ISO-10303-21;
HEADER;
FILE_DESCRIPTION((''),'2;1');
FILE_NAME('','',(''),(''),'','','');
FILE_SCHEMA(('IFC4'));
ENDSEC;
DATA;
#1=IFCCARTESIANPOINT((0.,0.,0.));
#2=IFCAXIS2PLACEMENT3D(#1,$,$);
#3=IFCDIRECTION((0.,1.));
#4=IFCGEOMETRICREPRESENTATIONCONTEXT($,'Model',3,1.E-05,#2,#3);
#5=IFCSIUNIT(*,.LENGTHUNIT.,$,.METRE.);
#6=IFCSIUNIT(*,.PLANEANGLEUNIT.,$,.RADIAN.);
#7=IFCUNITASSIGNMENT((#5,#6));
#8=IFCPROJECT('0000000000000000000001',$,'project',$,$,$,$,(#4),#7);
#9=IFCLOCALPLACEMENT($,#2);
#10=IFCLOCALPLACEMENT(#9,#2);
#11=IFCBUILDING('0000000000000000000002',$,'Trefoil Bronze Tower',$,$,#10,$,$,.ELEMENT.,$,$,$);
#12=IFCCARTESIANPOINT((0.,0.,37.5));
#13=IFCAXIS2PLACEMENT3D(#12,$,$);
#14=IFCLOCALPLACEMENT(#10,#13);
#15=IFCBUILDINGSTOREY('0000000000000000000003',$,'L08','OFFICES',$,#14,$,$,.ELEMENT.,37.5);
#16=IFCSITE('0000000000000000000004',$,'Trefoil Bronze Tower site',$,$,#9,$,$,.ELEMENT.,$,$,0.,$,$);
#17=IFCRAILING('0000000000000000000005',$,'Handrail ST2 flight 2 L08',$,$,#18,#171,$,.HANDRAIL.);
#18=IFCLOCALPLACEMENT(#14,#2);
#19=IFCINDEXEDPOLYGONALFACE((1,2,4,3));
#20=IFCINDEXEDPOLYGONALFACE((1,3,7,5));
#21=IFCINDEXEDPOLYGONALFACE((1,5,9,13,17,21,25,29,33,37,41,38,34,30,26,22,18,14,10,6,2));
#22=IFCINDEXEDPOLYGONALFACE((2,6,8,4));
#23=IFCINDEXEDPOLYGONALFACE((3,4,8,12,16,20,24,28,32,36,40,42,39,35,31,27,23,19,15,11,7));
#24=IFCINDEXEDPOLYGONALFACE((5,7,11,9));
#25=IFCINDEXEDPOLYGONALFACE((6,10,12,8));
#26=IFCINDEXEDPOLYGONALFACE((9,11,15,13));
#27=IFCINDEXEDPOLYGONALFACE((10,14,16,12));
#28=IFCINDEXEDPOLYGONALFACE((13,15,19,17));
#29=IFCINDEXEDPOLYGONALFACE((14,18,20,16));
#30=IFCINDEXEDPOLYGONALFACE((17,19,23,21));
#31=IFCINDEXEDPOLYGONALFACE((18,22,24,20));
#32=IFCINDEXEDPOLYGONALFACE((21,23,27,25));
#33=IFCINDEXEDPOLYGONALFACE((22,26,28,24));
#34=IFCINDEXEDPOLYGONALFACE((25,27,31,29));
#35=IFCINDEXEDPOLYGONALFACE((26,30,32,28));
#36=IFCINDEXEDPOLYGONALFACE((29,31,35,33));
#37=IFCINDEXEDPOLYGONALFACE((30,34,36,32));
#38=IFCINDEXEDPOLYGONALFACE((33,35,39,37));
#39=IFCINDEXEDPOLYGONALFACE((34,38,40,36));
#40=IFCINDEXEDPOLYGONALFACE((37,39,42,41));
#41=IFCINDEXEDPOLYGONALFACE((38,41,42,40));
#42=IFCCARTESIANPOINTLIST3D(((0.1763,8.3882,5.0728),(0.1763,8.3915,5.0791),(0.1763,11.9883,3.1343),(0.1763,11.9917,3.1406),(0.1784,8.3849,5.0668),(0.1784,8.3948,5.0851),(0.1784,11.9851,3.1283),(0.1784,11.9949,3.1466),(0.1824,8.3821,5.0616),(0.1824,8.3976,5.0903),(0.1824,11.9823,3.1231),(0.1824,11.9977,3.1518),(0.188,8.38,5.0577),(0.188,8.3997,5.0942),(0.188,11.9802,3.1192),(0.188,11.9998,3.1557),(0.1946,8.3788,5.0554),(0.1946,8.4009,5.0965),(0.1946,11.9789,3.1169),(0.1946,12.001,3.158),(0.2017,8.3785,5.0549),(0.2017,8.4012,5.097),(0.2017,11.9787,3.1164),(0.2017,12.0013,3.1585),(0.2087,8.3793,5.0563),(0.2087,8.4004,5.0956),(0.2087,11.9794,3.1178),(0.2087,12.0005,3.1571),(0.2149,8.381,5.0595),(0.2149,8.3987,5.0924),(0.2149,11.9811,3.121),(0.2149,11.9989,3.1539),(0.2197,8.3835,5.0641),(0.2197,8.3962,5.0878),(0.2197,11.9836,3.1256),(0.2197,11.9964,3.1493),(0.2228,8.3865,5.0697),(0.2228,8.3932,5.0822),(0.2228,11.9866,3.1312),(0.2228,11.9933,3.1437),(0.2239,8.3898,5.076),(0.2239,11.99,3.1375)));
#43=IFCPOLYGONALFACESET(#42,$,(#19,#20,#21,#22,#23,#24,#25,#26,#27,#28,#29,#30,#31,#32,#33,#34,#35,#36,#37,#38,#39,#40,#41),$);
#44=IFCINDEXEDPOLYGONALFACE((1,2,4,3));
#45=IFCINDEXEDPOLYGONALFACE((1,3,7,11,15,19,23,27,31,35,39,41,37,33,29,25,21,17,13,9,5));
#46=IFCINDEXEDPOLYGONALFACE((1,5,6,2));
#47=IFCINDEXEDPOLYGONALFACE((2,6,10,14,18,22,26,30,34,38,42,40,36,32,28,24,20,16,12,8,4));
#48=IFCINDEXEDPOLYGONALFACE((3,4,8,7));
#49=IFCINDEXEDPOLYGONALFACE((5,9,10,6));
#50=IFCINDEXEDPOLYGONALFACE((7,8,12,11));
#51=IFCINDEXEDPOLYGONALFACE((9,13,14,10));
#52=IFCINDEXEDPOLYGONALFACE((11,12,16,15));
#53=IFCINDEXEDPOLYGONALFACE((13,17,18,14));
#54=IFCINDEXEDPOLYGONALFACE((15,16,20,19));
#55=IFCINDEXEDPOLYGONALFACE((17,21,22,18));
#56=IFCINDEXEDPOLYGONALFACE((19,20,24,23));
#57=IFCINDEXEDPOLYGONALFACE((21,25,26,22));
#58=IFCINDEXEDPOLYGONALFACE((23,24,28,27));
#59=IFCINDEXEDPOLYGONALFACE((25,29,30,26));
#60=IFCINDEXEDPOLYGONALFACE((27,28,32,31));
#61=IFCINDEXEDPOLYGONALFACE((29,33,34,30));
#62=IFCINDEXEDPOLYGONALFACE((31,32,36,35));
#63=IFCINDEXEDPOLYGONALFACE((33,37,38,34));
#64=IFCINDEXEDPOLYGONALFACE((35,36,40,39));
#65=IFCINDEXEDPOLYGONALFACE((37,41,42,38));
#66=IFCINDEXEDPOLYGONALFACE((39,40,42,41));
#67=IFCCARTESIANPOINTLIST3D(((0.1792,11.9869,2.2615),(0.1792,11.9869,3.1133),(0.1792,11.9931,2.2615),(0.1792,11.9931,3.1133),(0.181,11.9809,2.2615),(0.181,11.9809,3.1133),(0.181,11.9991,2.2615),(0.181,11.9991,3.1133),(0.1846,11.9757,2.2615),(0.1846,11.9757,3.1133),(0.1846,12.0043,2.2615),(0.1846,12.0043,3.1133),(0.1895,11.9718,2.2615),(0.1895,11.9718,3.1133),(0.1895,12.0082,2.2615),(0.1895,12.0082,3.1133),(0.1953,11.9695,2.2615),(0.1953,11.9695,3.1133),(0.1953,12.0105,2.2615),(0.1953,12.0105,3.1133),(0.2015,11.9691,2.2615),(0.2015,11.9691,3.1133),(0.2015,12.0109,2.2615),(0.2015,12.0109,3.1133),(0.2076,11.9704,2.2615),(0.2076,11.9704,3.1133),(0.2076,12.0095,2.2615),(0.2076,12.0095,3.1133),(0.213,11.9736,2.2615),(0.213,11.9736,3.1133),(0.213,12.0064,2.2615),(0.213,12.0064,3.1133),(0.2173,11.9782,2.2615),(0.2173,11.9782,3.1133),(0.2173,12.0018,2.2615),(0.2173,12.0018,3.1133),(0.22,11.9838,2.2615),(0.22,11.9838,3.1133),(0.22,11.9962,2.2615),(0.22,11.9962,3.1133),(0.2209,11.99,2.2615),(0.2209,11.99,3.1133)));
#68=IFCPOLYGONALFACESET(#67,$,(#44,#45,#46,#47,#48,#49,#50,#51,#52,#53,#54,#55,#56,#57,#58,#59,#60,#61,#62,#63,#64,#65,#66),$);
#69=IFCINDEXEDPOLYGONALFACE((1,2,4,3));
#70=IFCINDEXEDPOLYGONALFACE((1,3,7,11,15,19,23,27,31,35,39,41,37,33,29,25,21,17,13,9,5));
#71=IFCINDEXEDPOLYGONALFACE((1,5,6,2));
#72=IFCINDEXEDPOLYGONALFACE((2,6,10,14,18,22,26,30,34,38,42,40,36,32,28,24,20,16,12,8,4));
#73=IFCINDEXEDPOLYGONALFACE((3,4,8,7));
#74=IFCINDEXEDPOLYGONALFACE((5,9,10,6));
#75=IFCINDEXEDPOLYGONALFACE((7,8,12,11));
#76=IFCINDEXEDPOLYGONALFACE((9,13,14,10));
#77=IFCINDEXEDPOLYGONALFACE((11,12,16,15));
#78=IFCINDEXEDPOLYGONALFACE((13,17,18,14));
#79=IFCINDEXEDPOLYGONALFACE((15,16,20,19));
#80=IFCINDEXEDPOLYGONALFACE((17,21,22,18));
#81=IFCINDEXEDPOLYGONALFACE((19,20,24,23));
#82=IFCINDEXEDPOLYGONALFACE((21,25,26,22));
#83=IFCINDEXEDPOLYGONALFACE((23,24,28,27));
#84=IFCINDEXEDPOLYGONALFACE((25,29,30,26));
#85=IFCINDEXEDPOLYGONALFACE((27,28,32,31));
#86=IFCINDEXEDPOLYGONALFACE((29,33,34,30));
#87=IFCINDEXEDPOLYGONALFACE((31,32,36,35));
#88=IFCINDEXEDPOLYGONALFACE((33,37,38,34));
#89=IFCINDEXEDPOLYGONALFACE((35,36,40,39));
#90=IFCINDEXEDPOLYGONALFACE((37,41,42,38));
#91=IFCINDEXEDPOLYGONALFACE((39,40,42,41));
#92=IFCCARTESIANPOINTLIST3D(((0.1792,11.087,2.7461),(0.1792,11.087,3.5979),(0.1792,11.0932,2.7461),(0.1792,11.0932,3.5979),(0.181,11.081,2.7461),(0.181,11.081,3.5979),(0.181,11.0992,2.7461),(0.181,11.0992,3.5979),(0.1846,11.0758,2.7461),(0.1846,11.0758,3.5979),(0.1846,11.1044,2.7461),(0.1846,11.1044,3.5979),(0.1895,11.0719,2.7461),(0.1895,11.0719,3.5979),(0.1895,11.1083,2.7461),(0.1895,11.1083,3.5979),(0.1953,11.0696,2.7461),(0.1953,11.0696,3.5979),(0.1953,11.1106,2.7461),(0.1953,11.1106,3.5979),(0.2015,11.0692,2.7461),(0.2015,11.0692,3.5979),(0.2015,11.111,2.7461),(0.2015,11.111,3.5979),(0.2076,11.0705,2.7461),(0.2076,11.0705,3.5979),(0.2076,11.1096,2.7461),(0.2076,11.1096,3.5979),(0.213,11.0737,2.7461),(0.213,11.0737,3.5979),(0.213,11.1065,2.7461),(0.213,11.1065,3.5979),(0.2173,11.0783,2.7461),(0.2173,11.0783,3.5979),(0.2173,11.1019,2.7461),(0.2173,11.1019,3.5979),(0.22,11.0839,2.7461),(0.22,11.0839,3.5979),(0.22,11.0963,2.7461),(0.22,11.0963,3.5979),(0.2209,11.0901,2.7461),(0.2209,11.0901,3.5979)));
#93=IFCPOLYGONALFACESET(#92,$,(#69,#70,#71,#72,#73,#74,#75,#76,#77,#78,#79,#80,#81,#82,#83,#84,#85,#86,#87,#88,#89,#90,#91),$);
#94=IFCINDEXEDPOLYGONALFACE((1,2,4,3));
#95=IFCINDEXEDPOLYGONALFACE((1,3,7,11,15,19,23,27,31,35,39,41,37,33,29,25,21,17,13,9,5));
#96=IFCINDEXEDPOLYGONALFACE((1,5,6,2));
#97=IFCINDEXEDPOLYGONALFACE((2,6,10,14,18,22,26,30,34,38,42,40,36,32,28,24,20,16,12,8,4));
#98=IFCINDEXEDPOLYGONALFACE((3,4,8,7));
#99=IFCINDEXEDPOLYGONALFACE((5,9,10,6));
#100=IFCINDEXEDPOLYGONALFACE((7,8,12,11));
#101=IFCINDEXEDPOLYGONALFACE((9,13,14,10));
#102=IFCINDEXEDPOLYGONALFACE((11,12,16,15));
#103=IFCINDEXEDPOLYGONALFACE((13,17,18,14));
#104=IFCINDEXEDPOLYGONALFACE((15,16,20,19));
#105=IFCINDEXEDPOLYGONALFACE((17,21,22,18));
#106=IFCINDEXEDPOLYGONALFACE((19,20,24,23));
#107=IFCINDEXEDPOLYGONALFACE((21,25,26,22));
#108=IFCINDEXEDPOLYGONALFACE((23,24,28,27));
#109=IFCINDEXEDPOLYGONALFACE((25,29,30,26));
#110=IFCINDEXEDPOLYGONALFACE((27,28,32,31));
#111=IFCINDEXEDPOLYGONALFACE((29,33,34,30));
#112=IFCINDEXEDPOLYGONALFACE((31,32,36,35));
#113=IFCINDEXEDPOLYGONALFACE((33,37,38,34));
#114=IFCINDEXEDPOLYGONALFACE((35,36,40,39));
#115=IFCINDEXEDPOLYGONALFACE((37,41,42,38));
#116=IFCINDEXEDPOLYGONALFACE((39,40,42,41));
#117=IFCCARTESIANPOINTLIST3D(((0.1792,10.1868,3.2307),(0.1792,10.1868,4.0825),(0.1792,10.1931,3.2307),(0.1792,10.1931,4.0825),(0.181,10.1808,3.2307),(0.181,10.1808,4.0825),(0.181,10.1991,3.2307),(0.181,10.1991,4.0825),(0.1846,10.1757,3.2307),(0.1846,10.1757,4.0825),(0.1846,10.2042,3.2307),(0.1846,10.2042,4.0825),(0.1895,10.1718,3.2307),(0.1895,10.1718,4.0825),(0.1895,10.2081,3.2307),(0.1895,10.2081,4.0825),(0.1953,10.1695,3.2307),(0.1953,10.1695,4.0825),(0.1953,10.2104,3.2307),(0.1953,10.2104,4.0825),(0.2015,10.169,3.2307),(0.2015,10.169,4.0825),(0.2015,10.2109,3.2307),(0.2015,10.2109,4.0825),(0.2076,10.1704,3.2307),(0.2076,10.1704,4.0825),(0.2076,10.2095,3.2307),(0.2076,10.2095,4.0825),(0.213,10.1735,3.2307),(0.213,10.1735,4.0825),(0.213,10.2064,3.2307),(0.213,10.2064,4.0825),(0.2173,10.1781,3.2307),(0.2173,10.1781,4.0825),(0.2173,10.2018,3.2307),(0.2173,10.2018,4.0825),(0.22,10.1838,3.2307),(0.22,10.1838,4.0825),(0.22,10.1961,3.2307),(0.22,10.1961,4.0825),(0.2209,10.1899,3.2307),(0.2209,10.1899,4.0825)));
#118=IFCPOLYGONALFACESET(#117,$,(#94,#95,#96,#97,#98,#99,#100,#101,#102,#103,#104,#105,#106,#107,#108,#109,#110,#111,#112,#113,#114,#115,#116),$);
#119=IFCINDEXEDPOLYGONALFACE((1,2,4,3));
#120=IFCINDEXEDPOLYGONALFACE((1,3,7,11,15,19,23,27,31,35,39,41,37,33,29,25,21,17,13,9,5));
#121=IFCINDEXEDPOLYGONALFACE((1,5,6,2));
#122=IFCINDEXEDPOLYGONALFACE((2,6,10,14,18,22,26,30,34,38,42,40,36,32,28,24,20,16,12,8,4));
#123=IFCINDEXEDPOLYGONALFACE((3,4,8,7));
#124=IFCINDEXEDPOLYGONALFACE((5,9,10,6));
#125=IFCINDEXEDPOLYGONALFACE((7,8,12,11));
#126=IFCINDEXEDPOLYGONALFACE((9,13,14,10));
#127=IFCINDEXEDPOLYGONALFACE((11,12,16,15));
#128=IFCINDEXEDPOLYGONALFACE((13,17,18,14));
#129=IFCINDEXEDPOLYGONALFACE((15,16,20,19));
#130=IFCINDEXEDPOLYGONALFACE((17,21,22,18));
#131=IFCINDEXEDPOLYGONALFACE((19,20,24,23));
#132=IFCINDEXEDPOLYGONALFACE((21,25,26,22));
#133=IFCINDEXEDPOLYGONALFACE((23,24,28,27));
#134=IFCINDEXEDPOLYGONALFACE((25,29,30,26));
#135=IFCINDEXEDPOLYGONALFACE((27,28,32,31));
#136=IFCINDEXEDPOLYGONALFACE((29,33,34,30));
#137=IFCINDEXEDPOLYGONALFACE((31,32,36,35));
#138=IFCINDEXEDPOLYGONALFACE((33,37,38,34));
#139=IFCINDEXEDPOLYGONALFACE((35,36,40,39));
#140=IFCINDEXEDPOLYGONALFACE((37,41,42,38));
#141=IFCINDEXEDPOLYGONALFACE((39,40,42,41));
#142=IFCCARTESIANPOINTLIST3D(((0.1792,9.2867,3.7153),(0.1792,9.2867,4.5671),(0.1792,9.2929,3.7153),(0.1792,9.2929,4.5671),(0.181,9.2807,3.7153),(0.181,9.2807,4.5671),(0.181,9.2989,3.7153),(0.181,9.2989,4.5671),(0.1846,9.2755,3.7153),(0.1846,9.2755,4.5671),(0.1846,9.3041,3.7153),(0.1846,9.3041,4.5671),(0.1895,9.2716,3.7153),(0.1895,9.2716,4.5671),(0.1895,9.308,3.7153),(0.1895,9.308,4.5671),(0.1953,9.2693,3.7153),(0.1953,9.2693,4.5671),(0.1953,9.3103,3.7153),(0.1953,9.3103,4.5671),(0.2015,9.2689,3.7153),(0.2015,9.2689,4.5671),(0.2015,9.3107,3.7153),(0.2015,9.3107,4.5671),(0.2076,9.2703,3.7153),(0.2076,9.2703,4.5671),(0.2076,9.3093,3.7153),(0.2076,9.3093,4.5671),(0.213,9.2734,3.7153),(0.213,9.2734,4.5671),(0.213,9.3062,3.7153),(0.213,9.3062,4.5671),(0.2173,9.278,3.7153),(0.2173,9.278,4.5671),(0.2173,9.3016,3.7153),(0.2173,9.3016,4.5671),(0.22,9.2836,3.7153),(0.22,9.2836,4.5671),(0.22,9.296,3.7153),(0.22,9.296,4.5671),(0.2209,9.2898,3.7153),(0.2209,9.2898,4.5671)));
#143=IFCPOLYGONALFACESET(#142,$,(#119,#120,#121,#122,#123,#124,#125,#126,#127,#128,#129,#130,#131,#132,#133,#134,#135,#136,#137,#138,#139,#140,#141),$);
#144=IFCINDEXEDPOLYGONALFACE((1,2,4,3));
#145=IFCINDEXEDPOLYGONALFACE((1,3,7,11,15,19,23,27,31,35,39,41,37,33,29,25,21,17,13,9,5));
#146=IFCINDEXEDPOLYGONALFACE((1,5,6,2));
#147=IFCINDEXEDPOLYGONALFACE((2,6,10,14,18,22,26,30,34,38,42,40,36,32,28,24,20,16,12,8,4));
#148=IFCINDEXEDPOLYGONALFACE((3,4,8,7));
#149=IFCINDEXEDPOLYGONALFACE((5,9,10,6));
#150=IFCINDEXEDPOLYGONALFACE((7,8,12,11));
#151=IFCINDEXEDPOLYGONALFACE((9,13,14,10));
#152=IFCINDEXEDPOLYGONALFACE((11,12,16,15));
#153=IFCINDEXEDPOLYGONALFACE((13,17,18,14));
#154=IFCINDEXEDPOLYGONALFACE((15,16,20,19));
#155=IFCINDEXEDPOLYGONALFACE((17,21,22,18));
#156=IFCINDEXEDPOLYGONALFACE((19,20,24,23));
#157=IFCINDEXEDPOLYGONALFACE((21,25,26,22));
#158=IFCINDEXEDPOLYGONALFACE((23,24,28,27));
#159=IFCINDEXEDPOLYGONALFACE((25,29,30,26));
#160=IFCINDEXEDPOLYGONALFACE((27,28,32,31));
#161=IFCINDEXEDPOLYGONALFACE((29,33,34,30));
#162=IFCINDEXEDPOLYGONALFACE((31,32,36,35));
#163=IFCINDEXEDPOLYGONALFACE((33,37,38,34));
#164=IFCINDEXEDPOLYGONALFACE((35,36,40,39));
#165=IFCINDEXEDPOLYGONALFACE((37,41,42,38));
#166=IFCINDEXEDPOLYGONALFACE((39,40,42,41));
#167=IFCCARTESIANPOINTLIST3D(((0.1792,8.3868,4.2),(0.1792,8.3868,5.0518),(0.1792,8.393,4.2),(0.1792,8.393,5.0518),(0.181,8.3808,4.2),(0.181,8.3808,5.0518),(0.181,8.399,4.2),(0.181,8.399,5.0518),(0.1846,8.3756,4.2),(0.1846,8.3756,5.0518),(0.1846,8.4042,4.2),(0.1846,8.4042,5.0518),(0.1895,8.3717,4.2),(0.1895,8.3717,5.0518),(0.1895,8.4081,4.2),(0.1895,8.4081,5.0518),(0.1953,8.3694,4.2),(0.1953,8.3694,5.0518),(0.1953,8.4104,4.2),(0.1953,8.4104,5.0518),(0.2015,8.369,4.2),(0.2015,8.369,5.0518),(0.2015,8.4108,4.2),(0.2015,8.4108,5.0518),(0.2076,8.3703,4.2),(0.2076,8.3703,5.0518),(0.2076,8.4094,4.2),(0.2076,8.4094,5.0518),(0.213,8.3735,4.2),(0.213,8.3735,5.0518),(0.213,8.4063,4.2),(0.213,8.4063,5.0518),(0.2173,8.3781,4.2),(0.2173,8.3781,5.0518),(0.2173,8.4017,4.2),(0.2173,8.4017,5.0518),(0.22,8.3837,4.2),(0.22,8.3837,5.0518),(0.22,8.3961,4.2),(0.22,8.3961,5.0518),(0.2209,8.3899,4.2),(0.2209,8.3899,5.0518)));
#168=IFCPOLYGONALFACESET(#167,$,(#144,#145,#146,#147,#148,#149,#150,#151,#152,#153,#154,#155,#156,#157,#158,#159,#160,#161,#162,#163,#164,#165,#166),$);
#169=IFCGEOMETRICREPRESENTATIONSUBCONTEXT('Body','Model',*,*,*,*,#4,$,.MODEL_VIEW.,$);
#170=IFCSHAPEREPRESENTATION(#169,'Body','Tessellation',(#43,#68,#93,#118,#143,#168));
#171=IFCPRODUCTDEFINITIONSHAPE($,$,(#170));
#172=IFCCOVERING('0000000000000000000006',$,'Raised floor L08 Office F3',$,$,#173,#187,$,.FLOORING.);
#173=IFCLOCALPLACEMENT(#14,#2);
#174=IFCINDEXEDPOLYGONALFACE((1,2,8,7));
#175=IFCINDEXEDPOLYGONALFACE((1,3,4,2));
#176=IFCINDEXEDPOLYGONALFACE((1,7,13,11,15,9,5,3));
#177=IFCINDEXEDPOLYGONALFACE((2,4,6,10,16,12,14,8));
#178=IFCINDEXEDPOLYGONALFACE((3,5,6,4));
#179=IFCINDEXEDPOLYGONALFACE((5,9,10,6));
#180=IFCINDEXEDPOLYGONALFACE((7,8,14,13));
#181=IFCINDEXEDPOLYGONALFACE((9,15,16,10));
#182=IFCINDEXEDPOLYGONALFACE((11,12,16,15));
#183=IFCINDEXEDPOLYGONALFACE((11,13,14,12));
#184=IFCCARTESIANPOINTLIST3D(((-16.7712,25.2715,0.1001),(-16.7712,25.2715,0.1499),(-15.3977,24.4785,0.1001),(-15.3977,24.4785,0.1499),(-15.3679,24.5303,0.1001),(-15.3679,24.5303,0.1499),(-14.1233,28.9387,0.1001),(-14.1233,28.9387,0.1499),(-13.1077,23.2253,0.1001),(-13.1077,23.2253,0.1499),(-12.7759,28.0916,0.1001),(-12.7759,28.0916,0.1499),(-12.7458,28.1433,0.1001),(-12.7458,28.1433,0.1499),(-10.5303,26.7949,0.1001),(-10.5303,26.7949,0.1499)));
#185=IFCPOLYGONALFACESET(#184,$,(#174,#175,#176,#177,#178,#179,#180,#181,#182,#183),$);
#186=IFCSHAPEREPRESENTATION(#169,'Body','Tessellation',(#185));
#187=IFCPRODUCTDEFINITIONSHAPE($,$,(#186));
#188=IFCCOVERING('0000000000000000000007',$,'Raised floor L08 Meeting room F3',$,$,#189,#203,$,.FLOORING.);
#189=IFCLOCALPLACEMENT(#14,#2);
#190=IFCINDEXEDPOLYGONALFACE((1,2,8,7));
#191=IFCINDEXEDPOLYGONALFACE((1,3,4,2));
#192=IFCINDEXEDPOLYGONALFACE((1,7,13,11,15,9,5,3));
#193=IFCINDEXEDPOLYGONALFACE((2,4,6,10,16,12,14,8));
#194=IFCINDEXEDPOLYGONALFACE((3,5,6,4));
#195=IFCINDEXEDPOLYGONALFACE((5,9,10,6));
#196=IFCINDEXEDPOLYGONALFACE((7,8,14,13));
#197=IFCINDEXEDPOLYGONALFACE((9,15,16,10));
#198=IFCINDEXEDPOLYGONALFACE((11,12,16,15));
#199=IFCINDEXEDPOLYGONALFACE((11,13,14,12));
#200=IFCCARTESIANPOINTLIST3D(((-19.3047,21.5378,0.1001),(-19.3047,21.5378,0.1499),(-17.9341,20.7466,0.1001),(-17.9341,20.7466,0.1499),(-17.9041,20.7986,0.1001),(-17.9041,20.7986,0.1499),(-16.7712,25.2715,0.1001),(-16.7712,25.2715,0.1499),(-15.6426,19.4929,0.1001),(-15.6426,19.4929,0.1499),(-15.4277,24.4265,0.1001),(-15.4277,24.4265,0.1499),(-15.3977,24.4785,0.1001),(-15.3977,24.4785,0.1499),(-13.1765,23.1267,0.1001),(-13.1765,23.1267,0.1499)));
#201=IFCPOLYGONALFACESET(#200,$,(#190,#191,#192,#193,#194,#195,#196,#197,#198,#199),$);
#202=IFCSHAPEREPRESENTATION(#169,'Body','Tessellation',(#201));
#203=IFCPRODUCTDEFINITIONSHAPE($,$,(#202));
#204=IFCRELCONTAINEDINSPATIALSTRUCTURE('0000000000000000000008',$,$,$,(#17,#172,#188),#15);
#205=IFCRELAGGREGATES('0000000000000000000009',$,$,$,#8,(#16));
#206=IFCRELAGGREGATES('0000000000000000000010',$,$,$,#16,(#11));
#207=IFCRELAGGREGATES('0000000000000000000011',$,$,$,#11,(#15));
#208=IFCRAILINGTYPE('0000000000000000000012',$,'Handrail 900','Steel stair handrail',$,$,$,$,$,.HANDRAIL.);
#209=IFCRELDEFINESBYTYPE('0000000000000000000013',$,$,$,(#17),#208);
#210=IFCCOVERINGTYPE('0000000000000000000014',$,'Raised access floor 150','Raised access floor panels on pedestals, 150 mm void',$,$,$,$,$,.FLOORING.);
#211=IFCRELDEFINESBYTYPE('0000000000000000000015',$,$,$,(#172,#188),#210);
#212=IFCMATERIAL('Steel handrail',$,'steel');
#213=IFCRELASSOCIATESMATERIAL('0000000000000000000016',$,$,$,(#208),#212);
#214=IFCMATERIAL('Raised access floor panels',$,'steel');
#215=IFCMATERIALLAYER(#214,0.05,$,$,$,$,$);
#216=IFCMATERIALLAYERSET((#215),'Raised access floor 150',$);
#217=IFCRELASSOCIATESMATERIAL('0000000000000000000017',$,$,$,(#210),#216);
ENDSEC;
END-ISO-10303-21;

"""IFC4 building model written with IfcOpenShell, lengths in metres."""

from ifc_helpers import new_model, si_unit, direction, frame, origin, origin_2d, place, context, subcontext, project, spatial, polyline, circle, outline, extrude, material, layer, layer_set, type_object, element, save


model = new_model("IFC4")

# Units and contexts
model_context = context("Model", 3, precision=1e-05, world=origin(), true_north=direction((0.0, 1.0)))
body_context = subcontext(model_context, "Body", "Model", "MODEL_VIEW")
ifc_project = project(units=[si_unit("LENGTHUNIT", "METRE"), si_unit("PLANEANGLEUNIT", "RADIAN")], contexts=[model_context])

# Site, building, storey
site_placement = place(None, origin())
site = spatial("IfcSite", under=ifc_project, at=site_placement, Name="Trefoil Bronze Tower site", CompositionType="ELEMENT", RefElevation=0.0)
building_placement = place(site_placement, origin())
building = spatial("IfcBuilding", under=site, at=building_placement, Name="Trefoil Bronze Tower", CompositionType="ELEMENT")
storey_placement = place(building_placement, frame((0.0, 0.0, 37.5)))
storey = spatial("IfcBuildingStorey", under=building, at=storey_placement, Name="L08", Description="OFFICES", CompositionType="ELEMENT", Elevation=37.5)

# Railing
ifc_material_1 = material(Name="Steel handrail", Category="steel")
railing_type = type_object("IfcRailingType", Name="Handrail 900", Description="Steel stair handrail", PredefinedType="HANDRAIL", material=ifc_material_1)
railing_placement = place(storey_placement, frame((0.2, 11.99, 2.2615)))
element("IfcRailing", 1, at=railing_placement, inside=storey, type_object=railing_type, Name="Handrail ST2 flight 2 L08", PredefinedType="HANDRAIL", context=body_context, shape_type="SweptSolid", body=[
    extrude(circle(Radius=0.0239, at=origin_2d()), frame((0.0, 0.0, 0.876), z_axis=(0.0, -0.880475, 0.474093), x_axis=(1.0, 0.0, 0.0)), (0.0, 0.0, 1.0), 4.0889),
    extrude(circle(Radius=0.021, at=origin_2d()), origin(), (0.0, 0.0, 1.0), 0.8518),
    extrude(circle(Radius=0.021, at=origin_2d()), frame((0.0, -0.8999, 0.4846)), (0.0, 0.0, 1.0), 0.8518),
    extrude(circle(Radius=0.021, at=origin_2d()), frame((0.0, -1.8, 0.9692)), (0.0, 0.0, 1.0), 0.8518),
    extrude(circle(Radius=0.021, at=origin_2d()), frame((0.0, -2.7002, 1.4539)), (0.0, 0.0, 1.0), 0.8518),
    extrude(circle(Radius=0.021, at=origin_2d()), frame((0.0, -3.6001, 1.9385)), (0.0, 0.0, 1.0), 0.8518),
])

# Coverings
ifc_material_2 = material(Name="Raised access floor panels", Category="steel")
ifc_layer_1 = layer(ifc_material_2, 0.05)
ifc_layer_set_1 = layer_set([ifc_layer_1], Name="Raised access floor 150")
covering_type = type_object("IfcCoveringType", Name="Raised access floor 150", Description="Raised access floor panels on pedestals, 150 mm void", PredefinedType="FLOORING", material=ifc_layer_set_1)
covering_1_placement = place(storey_placement, frame((0.0, 0.0, 0.1001)))
element("IfcCovering", 2, at=covering_1_placement, inside=storey, type_object=covering_type, Name="Raised floor L08 Office F3", PredefinedType="FLOORING", context=body_context, shape_type="SweptSolid", body=[
    extrude(outline(polyline([(-14.1233, 28.9387), (-12.7458, 28.1433), (-12.7759, 28.0916), (-10.5303, 26.7949), (-13.1077, 23.2253), (-15.3679, 24.5303), (-15.3977, 24.4785), (-16.7712, 25.2715), (-14.1233, 28.9387)])), origin(), (0.0, 0.0, 1.0), 0.0498),
])
covering_2_placement = place(storey_placement, frame((0.0, 0.0, 0.1001)))
element("IfcCovering", 3, at=covering_2_placement, inside=storey, type_object=covering_type, Name="Raised floor L08 Meeting room F3", PredefinedType="FLOORING", context=body_context, shape_type="SweptSolid", body=[
    extrude(outline(polyline([(-19.3047, 21.5378), (-16.7712, 25.2715), (-15.3977, 24.4785), (-15.4277, 24.4265), (-13.1765, 23.1267), (-15.6426, 19.4929), (-17.9041, 20.7986), (-17.9341, 20.7466), (-19.3047, 21.5378)])), origin(), (0.0, 0.0, 1.0), 0.0498),
])

save(model, "model.ifc")
